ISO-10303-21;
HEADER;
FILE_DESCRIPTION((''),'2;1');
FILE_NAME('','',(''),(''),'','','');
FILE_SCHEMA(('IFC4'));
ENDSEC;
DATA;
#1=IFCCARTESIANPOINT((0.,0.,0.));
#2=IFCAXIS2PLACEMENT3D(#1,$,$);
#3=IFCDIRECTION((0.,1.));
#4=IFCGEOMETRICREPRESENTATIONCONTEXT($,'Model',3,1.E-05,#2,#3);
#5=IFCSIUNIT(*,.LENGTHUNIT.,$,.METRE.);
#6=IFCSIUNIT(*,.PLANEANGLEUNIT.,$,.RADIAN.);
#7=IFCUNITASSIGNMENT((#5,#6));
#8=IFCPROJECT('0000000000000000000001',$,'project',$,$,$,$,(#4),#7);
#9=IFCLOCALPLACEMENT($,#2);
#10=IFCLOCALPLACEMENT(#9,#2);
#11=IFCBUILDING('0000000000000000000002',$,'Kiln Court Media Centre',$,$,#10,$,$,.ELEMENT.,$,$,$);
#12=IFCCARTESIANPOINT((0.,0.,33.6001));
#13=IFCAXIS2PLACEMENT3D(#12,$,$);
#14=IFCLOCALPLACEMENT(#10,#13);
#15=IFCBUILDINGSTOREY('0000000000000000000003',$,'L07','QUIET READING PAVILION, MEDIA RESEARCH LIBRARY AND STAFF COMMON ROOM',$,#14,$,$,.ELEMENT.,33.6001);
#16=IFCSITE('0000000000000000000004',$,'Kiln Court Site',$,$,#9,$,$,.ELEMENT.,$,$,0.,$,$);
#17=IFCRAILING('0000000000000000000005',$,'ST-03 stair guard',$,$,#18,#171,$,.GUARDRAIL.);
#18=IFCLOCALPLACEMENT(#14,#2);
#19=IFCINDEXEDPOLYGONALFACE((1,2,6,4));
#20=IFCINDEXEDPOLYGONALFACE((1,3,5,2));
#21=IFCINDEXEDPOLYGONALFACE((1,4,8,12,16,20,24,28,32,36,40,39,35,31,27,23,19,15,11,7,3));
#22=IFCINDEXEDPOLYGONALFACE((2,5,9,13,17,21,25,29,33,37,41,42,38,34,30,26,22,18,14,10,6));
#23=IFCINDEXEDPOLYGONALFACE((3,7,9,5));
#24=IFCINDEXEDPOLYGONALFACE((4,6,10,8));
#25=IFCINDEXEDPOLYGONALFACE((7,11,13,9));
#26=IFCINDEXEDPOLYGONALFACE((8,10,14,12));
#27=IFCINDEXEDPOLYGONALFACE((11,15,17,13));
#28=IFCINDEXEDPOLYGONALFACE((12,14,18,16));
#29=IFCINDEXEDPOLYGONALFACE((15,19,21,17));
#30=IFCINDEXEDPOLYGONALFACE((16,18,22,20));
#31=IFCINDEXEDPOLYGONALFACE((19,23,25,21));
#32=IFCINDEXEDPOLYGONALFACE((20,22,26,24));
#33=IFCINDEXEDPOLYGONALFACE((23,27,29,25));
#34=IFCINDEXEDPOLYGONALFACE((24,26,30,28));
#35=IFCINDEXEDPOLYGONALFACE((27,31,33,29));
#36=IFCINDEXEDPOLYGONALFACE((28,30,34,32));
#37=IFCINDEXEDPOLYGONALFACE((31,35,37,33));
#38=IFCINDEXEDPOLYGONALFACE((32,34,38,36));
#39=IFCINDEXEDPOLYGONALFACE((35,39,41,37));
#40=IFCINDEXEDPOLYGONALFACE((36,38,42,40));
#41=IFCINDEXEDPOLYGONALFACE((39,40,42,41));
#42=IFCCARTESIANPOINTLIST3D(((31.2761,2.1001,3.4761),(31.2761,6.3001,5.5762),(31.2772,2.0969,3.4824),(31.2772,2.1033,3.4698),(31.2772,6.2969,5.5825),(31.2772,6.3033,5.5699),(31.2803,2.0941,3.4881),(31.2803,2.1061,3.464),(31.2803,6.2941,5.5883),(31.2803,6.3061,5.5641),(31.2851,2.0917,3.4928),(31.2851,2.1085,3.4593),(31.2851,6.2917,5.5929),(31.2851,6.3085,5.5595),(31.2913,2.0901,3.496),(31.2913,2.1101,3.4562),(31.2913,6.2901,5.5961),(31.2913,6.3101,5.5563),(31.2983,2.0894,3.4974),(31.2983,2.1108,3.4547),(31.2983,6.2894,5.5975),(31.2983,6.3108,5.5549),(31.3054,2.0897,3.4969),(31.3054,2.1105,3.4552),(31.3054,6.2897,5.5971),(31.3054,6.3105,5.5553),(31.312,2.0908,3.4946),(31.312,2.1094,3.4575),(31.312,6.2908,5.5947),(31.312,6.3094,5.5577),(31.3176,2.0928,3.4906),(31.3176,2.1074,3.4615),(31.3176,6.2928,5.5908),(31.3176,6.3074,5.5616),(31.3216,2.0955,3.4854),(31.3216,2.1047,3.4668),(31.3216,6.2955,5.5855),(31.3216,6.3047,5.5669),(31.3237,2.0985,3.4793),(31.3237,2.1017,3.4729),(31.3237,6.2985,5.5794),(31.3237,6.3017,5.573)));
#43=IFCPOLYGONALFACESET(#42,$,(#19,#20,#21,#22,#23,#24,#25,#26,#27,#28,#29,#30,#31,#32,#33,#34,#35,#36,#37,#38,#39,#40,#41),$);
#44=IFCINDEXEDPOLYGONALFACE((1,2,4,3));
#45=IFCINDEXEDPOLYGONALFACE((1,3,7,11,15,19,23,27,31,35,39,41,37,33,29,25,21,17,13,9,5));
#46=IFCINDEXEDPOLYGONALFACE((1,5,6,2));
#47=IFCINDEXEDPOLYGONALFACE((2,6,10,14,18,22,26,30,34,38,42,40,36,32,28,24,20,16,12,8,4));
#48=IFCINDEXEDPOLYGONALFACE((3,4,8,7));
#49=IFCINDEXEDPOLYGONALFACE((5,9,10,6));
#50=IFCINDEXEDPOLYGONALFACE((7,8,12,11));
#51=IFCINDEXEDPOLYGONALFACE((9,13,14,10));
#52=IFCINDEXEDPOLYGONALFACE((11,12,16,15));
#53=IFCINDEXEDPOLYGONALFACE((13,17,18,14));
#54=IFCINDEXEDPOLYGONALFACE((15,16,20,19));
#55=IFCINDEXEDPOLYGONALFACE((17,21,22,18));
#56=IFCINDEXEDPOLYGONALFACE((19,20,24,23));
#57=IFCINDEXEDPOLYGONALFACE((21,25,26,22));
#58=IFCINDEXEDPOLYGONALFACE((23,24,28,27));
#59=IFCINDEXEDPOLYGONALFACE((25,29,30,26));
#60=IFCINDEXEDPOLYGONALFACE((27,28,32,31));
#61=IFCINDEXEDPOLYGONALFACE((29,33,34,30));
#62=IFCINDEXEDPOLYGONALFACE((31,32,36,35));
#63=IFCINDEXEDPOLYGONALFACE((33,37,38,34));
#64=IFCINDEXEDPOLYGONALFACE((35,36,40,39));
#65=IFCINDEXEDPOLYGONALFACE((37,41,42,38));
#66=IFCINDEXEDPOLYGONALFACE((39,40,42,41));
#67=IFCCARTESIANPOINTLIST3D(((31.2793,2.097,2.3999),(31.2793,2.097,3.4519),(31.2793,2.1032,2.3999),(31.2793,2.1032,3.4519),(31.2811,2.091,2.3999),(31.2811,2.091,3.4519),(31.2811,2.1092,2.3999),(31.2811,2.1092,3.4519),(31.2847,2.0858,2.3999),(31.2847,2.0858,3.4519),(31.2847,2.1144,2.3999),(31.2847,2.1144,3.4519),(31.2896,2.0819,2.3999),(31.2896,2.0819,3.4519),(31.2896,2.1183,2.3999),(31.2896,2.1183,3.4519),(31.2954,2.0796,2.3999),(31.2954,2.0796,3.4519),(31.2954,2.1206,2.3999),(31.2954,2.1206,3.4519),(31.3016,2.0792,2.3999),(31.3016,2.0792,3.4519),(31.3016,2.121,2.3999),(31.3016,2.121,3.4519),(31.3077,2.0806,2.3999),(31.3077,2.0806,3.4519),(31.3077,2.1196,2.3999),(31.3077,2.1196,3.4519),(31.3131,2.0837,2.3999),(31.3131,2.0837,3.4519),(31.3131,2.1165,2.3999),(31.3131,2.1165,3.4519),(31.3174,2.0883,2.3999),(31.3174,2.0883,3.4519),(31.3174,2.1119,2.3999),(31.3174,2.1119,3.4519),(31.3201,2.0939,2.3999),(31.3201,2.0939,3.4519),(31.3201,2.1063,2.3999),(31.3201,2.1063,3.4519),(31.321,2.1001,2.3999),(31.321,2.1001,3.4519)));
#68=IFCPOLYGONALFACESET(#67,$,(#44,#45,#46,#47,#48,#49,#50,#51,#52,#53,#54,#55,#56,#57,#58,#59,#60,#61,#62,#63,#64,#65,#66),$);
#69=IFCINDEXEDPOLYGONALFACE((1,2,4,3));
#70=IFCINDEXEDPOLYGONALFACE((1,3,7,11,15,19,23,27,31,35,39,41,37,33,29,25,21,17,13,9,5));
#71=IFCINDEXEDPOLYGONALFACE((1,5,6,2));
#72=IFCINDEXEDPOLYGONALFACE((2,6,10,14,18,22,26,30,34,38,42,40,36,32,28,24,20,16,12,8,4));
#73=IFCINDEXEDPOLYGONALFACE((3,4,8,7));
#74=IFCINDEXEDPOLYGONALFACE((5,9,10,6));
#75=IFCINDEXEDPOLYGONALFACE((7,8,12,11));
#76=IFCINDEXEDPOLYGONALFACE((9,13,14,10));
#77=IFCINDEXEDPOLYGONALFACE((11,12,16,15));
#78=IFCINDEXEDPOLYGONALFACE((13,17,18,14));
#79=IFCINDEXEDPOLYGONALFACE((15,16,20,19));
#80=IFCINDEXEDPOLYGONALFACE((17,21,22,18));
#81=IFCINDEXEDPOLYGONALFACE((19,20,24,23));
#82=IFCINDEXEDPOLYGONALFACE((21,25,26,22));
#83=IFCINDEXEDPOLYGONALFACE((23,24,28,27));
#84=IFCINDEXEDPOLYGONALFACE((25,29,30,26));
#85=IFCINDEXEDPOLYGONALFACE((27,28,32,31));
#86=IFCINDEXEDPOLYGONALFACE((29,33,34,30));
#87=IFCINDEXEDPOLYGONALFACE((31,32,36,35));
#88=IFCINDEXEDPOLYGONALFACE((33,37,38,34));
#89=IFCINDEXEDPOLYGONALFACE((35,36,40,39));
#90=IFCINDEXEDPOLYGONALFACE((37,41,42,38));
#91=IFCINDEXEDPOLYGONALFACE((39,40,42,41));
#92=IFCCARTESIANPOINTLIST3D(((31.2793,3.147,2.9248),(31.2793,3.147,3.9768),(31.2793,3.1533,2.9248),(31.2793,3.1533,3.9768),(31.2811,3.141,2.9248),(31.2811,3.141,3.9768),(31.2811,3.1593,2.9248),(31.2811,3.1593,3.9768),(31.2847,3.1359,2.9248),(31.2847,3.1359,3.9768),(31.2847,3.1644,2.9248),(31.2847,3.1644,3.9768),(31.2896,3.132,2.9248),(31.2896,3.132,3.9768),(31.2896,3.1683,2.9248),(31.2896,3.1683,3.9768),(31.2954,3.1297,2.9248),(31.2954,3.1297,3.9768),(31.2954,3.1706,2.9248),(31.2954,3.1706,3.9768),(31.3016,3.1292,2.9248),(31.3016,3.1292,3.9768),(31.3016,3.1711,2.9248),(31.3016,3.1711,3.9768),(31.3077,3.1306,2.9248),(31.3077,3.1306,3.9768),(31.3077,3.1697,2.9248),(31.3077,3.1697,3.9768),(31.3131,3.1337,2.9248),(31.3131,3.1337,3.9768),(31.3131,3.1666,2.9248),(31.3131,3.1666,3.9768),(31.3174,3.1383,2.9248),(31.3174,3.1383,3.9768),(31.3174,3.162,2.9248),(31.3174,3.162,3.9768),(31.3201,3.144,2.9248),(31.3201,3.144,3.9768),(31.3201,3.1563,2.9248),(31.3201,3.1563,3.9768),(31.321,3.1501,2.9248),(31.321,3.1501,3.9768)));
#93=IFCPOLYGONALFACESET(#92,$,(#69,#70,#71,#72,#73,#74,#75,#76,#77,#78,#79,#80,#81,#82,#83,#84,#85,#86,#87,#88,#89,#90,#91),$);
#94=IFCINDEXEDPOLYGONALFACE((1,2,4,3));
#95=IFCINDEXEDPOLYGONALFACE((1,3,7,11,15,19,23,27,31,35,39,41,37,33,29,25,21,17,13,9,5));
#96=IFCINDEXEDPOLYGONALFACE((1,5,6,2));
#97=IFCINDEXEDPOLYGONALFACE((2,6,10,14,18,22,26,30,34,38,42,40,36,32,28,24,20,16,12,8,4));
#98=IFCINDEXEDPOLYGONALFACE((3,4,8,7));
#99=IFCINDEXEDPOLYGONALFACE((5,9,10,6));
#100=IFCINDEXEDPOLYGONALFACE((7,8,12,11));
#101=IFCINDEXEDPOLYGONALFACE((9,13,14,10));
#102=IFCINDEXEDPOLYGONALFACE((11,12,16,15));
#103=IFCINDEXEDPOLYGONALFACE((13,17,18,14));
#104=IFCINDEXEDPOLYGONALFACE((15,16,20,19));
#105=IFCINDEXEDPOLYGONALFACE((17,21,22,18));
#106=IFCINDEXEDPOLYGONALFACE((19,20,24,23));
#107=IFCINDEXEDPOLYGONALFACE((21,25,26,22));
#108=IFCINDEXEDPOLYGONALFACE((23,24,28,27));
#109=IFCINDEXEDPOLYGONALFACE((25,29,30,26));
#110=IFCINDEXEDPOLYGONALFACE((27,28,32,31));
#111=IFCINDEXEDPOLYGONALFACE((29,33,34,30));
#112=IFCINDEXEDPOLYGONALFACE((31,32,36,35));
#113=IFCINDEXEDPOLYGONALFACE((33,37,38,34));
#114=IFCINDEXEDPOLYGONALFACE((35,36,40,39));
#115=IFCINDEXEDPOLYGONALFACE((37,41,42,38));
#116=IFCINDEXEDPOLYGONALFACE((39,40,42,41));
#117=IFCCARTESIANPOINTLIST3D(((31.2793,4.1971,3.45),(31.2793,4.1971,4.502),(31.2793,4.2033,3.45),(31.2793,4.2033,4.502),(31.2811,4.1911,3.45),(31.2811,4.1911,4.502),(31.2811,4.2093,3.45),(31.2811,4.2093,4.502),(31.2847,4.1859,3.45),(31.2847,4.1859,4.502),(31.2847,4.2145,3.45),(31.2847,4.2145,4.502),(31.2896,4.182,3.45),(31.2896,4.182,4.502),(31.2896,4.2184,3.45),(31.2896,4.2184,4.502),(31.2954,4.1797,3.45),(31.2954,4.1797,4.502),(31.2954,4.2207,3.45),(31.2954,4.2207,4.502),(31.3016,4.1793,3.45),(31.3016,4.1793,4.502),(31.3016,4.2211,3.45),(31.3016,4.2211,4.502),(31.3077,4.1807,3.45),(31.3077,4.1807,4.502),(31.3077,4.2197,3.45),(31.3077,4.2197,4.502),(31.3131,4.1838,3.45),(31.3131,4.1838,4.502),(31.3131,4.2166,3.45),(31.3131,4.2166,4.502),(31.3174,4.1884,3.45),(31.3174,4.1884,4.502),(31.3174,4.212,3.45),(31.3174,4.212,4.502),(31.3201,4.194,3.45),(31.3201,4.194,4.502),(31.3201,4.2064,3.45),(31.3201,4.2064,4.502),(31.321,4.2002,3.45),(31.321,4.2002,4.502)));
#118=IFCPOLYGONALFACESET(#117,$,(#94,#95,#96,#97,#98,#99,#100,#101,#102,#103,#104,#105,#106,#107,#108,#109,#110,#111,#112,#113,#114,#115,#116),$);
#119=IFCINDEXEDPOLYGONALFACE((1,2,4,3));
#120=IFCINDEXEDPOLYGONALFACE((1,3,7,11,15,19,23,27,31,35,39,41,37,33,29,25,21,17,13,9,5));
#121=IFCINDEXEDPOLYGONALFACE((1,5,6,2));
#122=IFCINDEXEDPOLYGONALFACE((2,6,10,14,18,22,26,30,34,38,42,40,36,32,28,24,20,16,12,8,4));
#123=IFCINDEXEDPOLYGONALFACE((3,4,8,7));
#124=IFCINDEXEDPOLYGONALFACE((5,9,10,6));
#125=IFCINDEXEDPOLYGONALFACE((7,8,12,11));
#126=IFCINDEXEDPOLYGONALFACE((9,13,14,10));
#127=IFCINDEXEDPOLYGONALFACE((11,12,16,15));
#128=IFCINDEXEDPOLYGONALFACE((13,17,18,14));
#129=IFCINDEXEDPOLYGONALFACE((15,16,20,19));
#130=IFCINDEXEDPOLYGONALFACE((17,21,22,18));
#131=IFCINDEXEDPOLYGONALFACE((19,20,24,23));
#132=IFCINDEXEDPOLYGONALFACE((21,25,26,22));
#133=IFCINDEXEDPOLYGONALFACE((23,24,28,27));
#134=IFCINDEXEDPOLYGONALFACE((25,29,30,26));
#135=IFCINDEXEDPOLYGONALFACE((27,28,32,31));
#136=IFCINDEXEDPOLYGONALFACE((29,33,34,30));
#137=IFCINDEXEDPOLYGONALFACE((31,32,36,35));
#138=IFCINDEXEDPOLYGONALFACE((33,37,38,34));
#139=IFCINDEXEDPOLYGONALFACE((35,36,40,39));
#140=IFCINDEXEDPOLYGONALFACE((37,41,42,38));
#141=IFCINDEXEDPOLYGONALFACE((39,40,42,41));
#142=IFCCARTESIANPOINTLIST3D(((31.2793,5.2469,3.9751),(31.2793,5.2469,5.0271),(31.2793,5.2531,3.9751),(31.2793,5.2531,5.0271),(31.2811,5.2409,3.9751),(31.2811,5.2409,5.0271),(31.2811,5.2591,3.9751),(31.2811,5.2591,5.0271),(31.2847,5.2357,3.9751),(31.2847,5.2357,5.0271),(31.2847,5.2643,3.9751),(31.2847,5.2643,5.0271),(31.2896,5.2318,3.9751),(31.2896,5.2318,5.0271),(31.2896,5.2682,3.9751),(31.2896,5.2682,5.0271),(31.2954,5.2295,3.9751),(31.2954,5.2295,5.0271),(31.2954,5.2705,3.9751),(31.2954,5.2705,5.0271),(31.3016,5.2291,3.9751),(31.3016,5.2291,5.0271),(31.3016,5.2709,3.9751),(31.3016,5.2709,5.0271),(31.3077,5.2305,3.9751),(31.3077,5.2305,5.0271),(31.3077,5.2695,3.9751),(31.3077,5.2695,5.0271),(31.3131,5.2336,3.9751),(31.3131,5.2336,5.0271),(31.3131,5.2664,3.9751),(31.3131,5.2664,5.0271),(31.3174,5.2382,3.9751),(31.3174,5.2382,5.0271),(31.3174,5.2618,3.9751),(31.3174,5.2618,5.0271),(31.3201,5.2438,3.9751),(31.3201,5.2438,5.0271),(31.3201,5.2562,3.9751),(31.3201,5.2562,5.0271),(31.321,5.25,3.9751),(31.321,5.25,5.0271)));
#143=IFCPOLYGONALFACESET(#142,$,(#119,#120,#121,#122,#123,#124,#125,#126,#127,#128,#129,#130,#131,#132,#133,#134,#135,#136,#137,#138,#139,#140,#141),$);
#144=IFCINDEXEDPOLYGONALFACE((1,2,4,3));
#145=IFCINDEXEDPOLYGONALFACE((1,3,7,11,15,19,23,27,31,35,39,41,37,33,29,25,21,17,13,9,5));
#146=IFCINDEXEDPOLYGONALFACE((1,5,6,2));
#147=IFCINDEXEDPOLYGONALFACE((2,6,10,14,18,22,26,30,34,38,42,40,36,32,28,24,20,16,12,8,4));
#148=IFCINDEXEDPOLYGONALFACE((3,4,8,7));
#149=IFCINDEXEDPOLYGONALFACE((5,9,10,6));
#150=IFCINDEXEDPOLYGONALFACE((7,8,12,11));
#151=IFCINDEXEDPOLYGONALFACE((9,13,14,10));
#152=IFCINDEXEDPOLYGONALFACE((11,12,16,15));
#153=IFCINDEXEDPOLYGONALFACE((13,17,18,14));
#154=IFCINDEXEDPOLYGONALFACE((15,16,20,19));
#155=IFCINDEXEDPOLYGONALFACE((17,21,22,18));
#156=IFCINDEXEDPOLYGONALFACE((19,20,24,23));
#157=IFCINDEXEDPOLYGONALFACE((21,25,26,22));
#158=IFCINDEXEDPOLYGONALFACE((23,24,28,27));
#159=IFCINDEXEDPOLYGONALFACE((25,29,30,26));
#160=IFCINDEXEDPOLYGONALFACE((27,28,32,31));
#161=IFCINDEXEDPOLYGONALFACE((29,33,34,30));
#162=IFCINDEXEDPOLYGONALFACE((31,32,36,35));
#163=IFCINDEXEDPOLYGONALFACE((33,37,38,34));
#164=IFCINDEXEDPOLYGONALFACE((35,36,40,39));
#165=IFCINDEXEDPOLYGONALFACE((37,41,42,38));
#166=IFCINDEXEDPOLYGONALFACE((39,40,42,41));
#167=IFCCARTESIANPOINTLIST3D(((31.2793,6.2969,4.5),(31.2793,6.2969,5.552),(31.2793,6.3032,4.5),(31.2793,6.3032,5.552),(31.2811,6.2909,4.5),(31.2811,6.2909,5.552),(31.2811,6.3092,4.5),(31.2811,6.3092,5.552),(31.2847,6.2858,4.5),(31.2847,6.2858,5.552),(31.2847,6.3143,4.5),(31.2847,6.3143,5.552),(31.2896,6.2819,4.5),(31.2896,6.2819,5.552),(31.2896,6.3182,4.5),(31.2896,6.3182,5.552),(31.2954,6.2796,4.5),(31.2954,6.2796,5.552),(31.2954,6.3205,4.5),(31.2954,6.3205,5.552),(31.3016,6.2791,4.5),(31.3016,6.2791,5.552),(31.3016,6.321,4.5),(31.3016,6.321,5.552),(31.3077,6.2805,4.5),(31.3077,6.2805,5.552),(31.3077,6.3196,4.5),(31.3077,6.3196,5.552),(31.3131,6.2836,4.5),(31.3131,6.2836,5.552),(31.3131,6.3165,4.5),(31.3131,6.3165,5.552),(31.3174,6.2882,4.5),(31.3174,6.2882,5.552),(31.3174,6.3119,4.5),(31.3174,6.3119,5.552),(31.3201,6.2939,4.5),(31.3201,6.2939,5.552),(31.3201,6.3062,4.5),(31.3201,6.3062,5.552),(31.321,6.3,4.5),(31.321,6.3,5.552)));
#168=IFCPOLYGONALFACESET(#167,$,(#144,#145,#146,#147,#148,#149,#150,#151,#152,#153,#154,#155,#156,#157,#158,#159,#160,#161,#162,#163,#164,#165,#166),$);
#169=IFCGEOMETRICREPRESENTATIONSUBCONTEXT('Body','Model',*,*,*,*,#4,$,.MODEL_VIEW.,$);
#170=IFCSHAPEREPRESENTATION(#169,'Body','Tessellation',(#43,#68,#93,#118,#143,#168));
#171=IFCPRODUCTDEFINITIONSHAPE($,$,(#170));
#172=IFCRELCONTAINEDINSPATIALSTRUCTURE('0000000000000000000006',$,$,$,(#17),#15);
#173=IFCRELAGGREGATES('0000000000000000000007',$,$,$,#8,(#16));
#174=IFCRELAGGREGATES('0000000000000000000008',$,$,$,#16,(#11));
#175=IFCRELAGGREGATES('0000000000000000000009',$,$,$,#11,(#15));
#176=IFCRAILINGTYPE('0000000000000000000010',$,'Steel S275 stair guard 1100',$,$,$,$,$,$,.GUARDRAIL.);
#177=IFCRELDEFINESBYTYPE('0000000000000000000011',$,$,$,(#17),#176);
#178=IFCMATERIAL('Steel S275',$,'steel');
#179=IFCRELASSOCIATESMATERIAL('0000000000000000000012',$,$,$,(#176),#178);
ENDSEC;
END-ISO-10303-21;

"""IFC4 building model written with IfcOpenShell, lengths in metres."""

from ifc_helpers import new_model, si_unit, direction, frame, origin, origin_2d, place, context, subcontext, project, spatial, circle, extrude, material, type_object, element, save


model = new_model("IFC4")

# Units and contexts
model_context = context("Model", 3, precision=1e-05, world=origin(), true_north=direction((0.0, 1.0)))
body_context = subcontext(model_context, "Body", "Model", "MODEL_VIEW")
ifc_project = project(units=[si_unit("LENGTHUNIT", "METRE"), si_unit("PLANEANGLEUNIT", "RADIAN")], contexts=[model_context])

# Site, building, storey
site_placement = place(None, origin())
site = spatial("IfcSite", under=ifc_project, at=site_placement, Name="Kiln Court Site", CompositionType="ELEMENT", RefElevation=0.0)
building_placement = place(site_placement, origin())
building = spatial("IfcBuilding", under=site, at=building_placement, Name="Kiln Court Media Centre", CompositionType="ELEMENT")
storey_placement = place(building_placement, frame((0.0, 0.0, 33.6001)))
storey = spatial("IfcBuildingStorey", under=building, at=storey_placement, Name="L07", Description="QUIET READING PAVILION, MEDIA RESEARCH LIBRARY AND STAFF COMMON ROOM", CompositionType="ELEMENT", Elevation=33.6001)

# Railing
ifc_material_1 = material(Name="Steel S275", Category="steel")
railing_type_1 = type_object("IfcRailingType", Name="Steel S275 stair guard 1100", PredefinedType="GUARDRAIL", material=ifc_material_1)
railing_1_placement = place(storey_placement, frame((31.3, 2.1001, 2.3999)))
element("IfcRailing", 1, at=railing_1_placement, inside=storey, type_object=railing_type_1, Name="ST-03 stair guard", PredefinedType="GUARDRAIL", context=body_context, shape_type="SweptSolid", body=[
    extrude(circle(Radius=0.0239, at=origin_2d()), frame((0.0, 0.0, 1.0762), z_axis=(0.0, 0.894417, 0.447234), x_axis=(-1.0, 0.0, 0.0)), (0.0, 0.0, 1.0), 4.6958),
    extrude(circle(Radius=0.021, at=origin_2d()), origin(), (0.0, 0.0, 1.0), 1.052),
    extrude(circle(Radius=0.021, at=origin_2d()), frame((0.0, 1.05, 0.5249)), (0.0, 0.0, 1.0), 1.052),
    extrude(circle(Radius=0.021, at=origin_2d()), frame((0.0, 2.1001, 1.05)), (0.0, 0.0, 1.0), 1.052),
    extrude(circle(Radius=0.021, at=origin_2d()), frame((0.0, 3.1499, 1.5752)), (0.0, 0.0, 1.0), 1.052),
    extrude(circle(Radius=0.021, at=origin_2d()), frame((0.0, 4.2, 2.1001)), (0.0, 0.0, 1.0), 1.052),
])

save(model, "model.ifc")
